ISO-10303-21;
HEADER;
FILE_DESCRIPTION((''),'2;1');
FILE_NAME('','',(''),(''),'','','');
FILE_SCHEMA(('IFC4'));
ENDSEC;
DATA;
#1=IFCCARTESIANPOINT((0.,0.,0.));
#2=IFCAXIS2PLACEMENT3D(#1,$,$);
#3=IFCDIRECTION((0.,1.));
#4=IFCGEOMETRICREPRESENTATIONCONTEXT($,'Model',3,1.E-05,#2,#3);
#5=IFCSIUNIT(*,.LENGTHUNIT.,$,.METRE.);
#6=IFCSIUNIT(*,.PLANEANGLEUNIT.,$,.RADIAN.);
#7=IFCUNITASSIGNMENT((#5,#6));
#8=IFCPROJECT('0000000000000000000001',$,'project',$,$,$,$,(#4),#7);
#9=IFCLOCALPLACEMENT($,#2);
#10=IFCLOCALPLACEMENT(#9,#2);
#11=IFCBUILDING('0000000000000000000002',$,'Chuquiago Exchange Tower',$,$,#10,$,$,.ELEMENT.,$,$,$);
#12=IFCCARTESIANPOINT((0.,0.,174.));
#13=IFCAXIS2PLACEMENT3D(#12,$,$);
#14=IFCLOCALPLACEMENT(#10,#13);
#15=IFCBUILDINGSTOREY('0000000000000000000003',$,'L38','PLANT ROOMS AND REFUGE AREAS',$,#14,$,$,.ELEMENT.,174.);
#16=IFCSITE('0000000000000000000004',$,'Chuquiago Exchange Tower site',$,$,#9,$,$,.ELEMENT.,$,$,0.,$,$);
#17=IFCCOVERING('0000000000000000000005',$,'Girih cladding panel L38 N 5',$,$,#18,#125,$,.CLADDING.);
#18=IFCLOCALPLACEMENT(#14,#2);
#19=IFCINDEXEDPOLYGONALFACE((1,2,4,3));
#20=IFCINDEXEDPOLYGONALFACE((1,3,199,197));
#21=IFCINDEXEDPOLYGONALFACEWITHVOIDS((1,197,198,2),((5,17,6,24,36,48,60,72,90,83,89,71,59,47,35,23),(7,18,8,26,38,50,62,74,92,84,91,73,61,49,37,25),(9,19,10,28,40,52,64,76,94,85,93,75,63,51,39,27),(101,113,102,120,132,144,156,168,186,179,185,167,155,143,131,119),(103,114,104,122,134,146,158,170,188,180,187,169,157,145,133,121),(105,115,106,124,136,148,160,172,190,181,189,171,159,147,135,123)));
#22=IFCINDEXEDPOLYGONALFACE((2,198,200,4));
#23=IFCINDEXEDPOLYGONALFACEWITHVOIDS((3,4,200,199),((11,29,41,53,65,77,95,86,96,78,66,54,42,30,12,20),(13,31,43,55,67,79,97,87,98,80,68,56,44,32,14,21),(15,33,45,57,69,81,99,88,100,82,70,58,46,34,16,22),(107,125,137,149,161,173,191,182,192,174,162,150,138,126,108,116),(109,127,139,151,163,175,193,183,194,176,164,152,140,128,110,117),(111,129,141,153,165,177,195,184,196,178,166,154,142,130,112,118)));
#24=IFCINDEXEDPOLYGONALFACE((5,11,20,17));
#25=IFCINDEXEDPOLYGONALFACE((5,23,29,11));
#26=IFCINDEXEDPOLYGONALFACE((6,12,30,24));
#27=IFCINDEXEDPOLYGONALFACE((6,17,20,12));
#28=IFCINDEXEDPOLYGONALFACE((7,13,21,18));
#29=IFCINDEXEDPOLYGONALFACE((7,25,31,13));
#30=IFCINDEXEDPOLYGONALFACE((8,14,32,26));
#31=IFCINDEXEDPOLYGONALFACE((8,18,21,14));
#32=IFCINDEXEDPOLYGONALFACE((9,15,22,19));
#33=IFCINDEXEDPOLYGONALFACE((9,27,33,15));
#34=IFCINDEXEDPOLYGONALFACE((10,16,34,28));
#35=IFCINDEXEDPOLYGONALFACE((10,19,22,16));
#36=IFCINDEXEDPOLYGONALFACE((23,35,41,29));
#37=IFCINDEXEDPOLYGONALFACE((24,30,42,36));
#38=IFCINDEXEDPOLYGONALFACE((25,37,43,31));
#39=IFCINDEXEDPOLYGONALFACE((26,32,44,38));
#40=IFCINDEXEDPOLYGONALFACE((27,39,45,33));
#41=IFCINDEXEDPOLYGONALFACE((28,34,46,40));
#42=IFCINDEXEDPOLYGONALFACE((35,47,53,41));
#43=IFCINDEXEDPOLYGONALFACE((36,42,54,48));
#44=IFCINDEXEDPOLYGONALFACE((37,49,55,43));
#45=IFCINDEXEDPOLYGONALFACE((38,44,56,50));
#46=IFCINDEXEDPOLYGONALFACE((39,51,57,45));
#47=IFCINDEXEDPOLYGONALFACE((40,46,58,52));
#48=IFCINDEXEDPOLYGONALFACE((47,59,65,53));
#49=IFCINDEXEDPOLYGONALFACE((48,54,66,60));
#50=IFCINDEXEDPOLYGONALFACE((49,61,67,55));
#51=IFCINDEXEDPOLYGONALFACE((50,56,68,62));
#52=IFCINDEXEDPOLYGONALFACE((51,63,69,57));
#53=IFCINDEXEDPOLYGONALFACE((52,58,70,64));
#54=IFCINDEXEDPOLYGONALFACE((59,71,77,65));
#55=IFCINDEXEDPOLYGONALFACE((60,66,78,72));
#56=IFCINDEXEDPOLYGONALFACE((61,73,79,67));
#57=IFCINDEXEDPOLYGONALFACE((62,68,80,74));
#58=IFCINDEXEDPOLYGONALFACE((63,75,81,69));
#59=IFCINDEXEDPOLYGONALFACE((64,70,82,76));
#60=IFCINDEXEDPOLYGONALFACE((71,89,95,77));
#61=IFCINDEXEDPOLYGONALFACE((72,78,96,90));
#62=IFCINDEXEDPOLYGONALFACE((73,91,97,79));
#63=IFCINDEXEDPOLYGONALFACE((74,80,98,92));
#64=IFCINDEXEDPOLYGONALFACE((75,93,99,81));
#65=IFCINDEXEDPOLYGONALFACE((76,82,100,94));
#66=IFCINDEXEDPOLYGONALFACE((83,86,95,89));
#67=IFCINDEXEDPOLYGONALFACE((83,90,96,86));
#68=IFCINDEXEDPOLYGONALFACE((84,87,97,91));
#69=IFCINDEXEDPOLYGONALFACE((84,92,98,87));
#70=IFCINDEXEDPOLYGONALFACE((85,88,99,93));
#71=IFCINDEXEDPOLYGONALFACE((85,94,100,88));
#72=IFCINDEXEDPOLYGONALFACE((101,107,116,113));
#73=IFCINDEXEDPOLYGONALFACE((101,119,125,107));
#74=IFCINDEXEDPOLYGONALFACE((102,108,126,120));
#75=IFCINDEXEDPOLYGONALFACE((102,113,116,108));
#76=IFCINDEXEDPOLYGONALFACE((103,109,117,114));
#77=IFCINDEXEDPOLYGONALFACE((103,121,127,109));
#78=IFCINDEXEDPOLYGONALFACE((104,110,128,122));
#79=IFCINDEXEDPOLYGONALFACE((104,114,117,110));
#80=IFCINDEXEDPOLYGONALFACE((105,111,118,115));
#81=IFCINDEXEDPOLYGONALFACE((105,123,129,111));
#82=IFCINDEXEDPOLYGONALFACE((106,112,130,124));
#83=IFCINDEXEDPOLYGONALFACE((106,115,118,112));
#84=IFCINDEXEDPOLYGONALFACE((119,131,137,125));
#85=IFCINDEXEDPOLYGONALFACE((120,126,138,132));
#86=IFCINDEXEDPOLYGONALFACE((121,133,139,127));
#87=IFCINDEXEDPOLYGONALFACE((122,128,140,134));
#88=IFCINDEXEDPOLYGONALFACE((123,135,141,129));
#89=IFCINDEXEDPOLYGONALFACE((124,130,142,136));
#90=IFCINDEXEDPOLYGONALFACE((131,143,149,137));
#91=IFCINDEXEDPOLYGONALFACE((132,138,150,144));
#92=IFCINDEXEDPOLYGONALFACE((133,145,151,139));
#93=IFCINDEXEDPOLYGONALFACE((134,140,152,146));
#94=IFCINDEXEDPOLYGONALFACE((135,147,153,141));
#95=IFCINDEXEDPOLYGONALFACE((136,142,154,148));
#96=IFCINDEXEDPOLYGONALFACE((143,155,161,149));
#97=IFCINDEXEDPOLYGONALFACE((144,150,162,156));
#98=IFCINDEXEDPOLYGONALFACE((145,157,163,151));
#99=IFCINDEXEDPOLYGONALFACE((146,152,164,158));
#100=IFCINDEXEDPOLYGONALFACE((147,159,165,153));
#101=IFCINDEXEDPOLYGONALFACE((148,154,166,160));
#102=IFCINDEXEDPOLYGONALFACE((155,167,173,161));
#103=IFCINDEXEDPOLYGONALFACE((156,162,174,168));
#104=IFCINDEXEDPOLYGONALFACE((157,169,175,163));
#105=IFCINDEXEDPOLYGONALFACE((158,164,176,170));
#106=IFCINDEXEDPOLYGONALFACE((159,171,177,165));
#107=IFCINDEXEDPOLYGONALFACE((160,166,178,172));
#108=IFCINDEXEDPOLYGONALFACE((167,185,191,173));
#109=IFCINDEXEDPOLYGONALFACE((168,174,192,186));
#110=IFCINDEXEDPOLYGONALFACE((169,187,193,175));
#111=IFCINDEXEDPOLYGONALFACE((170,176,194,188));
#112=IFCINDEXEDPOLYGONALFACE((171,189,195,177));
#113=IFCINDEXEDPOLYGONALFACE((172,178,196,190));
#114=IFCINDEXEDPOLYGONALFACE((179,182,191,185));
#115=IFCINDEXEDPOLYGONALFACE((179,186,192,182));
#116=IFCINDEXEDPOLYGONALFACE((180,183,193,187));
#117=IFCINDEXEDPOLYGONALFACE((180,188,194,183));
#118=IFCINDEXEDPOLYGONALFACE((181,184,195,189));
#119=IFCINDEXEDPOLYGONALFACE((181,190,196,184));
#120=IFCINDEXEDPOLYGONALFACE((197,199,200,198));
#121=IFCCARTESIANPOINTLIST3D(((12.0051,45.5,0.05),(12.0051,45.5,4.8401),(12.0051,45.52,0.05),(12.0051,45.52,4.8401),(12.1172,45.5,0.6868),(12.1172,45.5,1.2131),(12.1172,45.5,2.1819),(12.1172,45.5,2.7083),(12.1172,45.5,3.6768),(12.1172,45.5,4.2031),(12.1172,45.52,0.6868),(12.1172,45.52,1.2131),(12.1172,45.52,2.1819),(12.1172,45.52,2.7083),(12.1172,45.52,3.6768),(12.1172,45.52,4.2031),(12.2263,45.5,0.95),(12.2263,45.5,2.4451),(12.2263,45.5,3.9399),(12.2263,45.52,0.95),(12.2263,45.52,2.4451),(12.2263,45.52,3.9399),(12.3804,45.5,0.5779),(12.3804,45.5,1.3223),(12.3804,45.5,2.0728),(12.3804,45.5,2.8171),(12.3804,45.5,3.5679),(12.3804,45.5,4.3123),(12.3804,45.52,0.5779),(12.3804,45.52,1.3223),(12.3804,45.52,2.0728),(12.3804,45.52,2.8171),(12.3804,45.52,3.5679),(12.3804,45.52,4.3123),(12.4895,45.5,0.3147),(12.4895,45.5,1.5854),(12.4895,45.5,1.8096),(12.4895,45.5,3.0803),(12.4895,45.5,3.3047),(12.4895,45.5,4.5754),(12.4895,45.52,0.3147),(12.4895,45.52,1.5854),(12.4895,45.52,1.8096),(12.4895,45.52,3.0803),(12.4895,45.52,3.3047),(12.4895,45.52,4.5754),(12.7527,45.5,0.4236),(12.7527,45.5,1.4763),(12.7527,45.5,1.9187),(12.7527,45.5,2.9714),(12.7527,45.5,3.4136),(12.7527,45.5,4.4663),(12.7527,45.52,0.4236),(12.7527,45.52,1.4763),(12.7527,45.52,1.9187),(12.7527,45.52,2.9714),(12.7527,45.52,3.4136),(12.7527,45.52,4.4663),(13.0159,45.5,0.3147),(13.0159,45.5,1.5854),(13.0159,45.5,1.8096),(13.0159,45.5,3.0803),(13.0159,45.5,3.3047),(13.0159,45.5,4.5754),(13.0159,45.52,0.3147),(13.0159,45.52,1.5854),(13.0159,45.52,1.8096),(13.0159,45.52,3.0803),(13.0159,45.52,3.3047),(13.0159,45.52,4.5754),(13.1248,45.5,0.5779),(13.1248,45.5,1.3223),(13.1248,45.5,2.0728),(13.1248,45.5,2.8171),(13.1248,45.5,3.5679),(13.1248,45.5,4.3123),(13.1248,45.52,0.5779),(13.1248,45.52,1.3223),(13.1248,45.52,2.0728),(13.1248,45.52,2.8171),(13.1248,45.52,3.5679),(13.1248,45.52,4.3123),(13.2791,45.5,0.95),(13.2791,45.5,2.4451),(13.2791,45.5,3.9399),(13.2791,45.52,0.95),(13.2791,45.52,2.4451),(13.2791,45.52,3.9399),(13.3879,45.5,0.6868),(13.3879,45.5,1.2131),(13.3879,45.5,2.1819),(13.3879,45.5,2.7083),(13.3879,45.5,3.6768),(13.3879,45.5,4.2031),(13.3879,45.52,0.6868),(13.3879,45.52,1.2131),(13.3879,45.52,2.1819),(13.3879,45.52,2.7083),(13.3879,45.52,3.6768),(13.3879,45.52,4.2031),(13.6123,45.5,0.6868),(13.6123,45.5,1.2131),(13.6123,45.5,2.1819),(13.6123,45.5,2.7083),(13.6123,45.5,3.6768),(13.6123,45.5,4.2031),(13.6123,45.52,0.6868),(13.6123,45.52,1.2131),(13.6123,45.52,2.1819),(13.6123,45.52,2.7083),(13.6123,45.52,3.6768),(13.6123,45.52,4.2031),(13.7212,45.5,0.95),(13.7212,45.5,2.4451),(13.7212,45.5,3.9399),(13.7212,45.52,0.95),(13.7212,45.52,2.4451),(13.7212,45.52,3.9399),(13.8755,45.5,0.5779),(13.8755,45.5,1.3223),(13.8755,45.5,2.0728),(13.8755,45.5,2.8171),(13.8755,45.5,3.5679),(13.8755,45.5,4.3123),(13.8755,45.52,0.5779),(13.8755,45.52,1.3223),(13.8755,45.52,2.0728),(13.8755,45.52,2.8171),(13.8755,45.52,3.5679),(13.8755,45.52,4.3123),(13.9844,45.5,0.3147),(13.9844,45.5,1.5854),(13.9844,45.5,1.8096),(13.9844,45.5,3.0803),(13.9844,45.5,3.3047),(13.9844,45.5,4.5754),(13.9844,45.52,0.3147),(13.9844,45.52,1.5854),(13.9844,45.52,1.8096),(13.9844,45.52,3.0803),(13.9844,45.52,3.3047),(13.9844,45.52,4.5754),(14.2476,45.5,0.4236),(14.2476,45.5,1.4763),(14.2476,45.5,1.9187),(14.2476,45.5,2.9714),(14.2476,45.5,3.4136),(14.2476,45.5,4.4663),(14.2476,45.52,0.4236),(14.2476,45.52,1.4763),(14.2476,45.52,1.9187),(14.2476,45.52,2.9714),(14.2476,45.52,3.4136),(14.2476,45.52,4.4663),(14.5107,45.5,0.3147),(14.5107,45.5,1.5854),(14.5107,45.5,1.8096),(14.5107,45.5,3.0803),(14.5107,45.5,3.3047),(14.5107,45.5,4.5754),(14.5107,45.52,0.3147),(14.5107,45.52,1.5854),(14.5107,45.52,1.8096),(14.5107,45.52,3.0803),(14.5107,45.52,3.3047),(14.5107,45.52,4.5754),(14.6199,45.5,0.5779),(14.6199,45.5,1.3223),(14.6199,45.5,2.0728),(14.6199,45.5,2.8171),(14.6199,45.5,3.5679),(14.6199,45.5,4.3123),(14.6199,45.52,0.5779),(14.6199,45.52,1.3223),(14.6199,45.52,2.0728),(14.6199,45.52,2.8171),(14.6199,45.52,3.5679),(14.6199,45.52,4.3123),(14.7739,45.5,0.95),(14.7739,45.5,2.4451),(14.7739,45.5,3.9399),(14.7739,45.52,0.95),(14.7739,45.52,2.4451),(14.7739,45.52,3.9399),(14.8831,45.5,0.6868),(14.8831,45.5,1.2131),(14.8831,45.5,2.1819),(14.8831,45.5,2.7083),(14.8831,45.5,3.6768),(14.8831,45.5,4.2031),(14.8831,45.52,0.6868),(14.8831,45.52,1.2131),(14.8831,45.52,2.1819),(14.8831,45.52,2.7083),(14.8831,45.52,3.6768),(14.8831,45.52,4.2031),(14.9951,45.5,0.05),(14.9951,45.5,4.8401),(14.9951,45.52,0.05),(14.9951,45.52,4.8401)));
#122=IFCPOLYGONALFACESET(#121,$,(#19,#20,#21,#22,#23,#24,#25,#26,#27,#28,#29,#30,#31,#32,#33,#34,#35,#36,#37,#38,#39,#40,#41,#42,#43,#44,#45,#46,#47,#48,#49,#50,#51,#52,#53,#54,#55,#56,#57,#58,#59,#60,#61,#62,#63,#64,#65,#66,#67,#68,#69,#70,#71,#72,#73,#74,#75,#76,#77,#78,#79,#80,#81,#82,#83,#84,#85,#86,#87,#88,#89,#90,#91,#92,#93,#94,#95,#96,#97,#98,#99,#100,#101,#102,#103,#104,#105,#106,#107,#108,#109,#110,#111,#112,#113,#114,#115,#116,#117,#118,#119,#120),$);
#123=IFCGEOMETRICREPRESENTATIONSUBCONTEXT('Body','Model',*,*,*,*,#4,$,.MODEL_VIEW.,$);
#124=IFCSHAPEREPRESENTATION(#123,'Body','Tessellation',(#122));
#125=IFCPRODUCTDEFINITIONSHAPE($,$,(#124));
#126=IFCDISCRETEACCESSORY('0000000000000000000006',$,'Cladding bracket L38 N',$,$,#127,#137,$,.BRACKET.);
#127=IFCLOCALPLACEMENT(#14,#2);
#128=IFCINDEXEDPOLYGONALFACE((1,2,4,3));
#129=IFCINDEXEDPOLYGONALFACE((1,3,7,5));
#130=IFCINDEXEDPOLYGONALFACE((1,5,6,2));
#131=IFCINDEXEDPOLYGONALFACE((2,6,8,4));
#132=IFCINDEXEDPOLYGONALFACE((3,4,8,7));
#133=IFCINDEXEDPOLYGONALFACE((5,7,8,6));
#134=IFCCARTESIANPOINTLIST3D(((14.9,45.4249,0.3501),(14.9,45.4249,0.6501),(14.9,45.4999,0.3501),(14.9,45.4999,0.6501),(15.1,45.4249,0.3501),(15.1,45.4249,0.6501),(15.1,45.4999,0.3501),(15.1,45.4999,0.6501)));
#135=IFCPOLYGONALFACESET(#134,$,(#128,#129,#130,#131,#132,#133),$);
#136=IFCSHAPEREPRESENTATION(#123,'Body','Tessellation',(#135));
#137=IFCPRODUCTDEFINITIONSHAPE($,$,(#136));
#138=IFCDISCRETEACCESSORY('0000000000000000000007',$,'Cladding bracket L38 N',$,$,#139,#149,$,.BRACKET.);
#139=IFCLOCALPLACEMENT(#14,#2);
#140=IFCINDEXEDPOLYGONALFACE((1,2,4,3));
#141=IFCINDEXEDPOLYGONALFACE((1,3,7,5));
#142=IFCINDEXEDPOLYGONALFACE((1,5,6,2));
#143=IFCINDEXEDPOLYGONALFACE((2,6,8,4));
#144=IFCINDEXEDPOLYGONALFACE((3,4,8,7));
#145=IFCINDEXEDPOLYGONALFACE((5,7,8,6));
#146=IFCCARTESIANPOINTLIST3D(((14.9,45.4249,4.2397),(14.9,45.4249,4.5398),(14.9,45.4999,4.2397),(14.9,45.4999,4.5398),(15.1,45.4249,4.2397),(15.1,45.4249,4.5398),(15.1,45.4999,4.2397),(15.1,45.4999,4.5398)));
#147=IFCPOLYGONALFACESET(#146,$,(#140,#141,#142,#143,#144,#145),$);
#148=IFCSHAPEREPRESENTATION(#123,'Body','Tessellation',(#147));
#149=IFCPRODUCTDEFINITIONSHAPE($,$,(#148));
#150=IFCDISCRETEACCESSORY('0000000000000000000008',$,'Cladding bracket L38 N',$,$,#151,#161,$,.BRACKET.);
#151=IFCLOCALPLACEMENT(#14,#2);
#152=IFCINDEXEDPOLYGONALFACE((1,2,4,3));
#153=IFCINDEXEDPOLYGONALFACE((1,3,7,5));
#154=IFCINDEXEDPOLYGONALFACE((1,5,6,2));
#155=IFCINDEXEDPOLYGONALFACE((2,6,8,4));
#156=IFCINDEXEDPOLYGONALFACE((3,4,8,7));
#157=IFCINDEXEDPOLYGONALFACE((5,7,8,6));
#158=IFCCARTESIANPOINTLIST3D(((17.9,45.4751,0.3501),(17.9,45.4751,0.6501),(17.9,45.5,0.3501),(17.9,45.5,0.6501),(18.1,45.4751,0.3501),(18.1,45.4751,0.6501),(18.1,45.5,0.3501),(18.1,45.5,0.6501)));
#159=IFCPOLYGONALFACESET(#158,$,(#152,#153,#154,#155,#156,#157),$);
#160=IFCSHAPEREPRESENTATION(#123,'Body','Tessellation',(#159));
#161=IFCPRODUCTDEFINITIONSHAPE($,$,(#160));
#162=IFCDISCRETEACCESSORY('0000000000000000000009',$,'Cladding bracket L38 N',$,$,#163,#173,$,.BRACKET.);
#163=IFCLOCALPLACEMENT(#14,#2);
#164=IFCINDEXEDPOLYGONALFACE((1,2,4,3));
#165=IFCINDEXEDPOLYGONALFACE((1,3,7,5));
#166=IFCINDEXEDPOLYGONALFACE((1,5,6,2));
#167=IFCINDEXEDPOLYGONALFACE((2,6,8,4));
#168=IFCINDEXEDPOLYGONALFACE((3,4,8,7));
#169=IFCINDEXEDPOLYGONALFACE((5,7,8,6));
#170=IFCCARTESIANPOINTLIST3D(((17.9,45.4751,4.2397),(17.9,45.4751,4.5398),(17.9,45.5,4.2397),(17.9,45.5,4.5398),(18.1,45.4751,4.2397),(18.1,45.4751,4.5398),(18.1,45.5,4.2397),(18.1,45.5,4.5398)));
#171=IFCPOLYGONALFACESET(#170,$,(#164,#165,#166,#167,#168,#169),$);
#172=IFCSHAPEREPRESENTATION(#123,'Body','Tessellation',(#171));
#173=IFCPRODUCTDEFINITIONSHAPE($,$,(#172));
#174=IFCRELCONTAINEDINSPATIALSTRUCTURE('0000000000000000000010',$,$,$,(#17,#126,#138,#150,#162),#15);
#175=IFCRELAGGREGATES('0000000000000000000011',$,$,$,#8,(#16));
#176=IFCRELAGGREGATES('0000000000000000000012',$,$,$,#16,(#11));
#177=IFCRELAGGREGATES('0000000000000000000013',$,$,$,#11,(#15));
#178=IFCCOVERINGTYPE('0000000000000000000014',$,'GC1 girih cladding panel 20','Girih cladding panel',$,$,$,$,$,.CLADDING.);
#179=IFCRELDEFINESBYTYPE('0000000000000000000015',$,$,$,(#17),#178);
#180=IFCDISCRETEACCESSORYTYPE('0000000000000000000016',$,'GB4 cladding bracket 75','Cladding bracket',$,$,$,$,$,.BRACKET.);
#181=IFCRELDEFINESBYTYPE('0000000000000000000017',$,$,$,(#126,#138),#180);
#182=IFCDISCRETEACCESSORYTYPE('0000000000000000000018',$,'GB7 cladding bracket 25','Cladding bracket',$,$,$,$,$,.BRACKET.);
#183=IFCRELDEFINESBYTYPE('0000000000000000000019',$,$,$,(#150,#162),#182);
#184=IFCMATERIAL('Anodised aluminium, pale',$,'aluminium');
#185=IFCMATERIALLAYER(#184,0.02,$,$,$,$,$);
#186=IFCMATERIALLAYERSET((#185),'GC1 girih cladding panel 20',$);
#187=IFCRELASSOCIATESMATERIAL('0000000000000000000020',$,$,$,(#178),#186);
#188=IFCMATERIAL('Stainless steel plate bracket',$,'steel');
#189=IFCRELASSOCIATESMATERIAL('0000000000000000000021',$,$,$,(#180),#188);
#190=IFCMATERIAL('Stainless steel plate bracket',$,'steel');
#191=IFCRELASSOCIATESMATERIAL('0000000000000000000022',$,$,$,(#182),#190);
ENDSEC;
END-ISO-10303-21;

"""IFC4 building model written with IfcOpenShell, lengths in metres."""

from ifc_helpers import new_model, si_unit, direction, frame, origin, origin_2d, place, context, subcontext, project, spatial, polyline, rectangle, outline, extrude, material, layer, layer_set, type_object, element, save


model = new_model("IFC4")

# Units and contexts
model_context = context("Model", 3, precision=1e-05, world=origin(), true_north=direction((0.0, 1.0)))
body_context = subcontext(model_context, "Body", "Model", "MODEL_VIEW")
ifc_project = project(units=[si_unit("LENGTHUNIT", "METRE"), si_unit("PLANEANGLEUNIT", "RADIAN")], contexts=[model_context])

# Site, building, storey
site_placement = place(None, origin())
site = spatial("IfcSite", under=ifc_project, at=site_placement, Name="Chuquiago Exchange Tower site", CompositionType="ELEMENT", RefElevation=0.0)
building_placement = place(site_placement, origin())
building = spatial("IfcBuilding", under=site, at=building_placement, Name="Chuquiago Exchange Tower", CompositionType="ELEMENT")
storey_placement = place(building_placement, frame((0.0, 0.0, 174.0)))
storey = spatial("IfcBuildingStorey", under=building, at=storey_placement, Name="L38", Description="PLANT ROOMS AND REFUGE AREAS", CompositionType="ELEMENT", Elevation=174.0)

# Covering
ifc_material_1 = material(Name="Anodised aluminium, pale", Category="aluminium")
ifc_layer_1 = layer(ifc_material_1, 0.02)
ifc_layer_set_1 = layer_set([ifc_layer_1], Name="GC1 girih cladding panel 20")
covering_type = type_object("IfcCoveringType", Name="GC1 girih cladding panel 20", Description="Girih cladding panel", PredefinedType="CLADDING", material=ifc_layer_set_1)
covering_1_placement = place(storey_placement, frame((14.9951, 45.5, 0.05), z_axis=(0.0, 0.0, 1.0), x_axis=(-1.0, 0.0, 0.0)))
element("IfcCovering", 1, at=covering_1_placement, inside=storey, type_object=covering_type, Name="Girih cladding panel L38 N 5", PredefinedType="CLADDING", context=body_context, shape_type="SweptSolid", body=[
    extrude(outline(polyline([(0.0, 0.0), (2.99, 0.0), (2.99, 4.79), (0.0, 4.79), (0.0, 0.0)]), holes=[polyline([(1.2739, 0.8999), (1.3828, 1.1631), (1.1196, 1.2722), (1.0107, 1.5354), (0.7476, 1.4263), (0.4844, 1.5354), (0.3752, 1.2722), (0.1121, 1.1631), (0.2212, 0.8999), (0.1121, 0.6367), (0.3752, 0.5278), (0.4844, 0.2646), (0.7476, 0.3735), (1.0107, 0.2646), (1.1196, 0.5278), (1.3828, 0.6367), (1.2739, 0.8999)]), polyline([(2.7688, 0.8999), (2.8779, 1.1631), (2.6147, 1.2722), (2.5056, 1.5354), (2.2424, 1.4263), (1.9792, 1.5354), (1.8704, 1.2722), (1.6072, 1.1631), (1.7161, 0.8999), (1.6072, 0.6367), (1.8704, 0.5278), (1.9792, 0.2646), (2.2424, 0.3735), (2.5056, 0.2646), (2.6147, 0.5278), (2.8779, 0.6367), (2.7688, 0.8999)]), polyline([(1.2739, 2.395), (1.3828, 2.6582), (1.1196, 2.7671), (1.0107, 3.0303), (0.7476, 2.9214), (0.4844, 3.0303), (0.3752, 2.7671), (0.1121, 2.6582), (0.2212, 2.395), (0.1121, 2.1318), (0.3752, 2.0227), (0.4844, 1.7595), (0.7476, 1.8687), (1.0107, 1.7595), (1.1196, 2.0227), (1.3828, 2.1318), (1.2739, 2.395)]), polyline([(2.7688, 2.395), (2.8779, 2.6582), (2.6147, 2.7671), (2.5056, 3.0303), (2.2424, 2.9214), (1.9792, 3.0303), (1.8704, 2.7671), (1.6072, 2.6582), (1.7161, 2.395), (1.6072, 2.1318), (1.8704, 2.0227), (1.9792, 1.7595), (2.2424, 1.8687), (2.5056, 1.7595), (2.6147, 2.0227), (2.8779, 2.1318), (2.7688, 2.395)]), polyline([(1.2739, 3.8899), (1.3828, 4.1531), (1.1196, 4.2622), (1.0107, 4.5254), (0.7476, 4.4163), (0.4844, 4.5254), (0.3752, 4.2622), (0.1121, 4.1531), (0.2212, 3.8899), (0.1121, 3.6267), (0.3752, 3.5178), (0.4844, 3.2546), (0.7476, 3.3635), (1.0107, 3.2546), (1.1196, 3.5178), (1.3828, 3.6267), (1.2739, 3.8899)]), polyline([(2.7688, 3.8899), (2.8779, 4.1531), (2.6147, 4.2622), (2.5056, 4.5254), (2.2424, 4.4163), (1.9792, 4.5254), (1.8704, 4.2622), (1.6072, 4.1531), (1.7161, 3.8899), (1.6072, 3.6267), (1.8704, 3.5178), (1.9792, 3.2546), (2.2424, 3.3635), (2.5056, 3.2546), (2.6147, 3.5178), (2.8779, 3.6267), (2.7688, 3.8899)])]), frame((0.0, 0.0, 0.0), z_axis=(0.0, -1.0, 0.0), x_axis=(1.0, 0.0, 0.0)), (0.0, 0.0, 1.0), 0.02),
])

# Discrete accessories
ifc_material_2 = material(Name="Stainless steel plate bracket", Category="steel")
discrete_accessory_type_1 = type_object("IfcDiscreteAccessoryType", Name="GB4 cladding bracket 75", Description="Cladding bracket", PredefinedType="BRACKET", material=ifc_material_2)
for number, where, z_axis, x_axis, name in (
    (2, (15.0, 45.4624, 0.3501), (0.0, 0.0, 1.0), (-1.0, 0.0, 0.0), "Cladding bracket L38 N"),
    (3, (15.0, 45.4624, 4.2397), (0.0, 0.0, 1.0), (-1.0, 0.0, 0.0), "Cladding bracket L38 N"),
):
    element("IfcDiscreteAccessory", number, at=place(storey_placement, frame(where, z_axis=z_axis, x_axis=x_axis)), inside=storey, type_object=discrete_accessory_type_1, Name=name, PredefinedType="BRACKET", context=body_context, shape_type="SweptSolid", body=[
        extrude(rectangle(XDim=0.2, YDim=0.075, at=origin_2d()), origin(), (0.0, 0.0, 1.0), 0.3),
    ])
ifc_material_3 = material(Name="Stainless steel plate bracket", Category="steel")
discrete_accessory_type_2 = type_object("IfcDiscreteAccessoryType", Name="GB7 cladding bracket 25", Description="Cladding bracket", PredefinedType="BRACKET", material=ifc_material_3)
for number, where, z_axis, x_axis, name in (
    (4, (18.0, 45.4875, 0.3501), (0.0, 0.0, 1.0), (-1.0, 0.0, 0.0), "Cladding bracket L38 N"),
    (5, (18.0, 45.4875, 4.2397), (0.0, 0.0, 1.0), (-1.0, 0.0, 0.0), "Cladding bracket L38 N"),
):
    element("IfcDiscreteAccessory", number, at=place(storey_placement, frame(where, z_axis=z_axis, x_axis=x_axis)), inside=storey, type_object=discrete_accessory_type_2, Name=name, PredefinedType="BRACKET", context=body_context, shape_type="SweptSolid", body=[
        extrude(rectangle(XDim=0.2, YDim=0.0249, at=origin_2d()), origin(), (0.0, 0.0, 1.0), 0.3),
    ])

save(model, "model.ifc")
